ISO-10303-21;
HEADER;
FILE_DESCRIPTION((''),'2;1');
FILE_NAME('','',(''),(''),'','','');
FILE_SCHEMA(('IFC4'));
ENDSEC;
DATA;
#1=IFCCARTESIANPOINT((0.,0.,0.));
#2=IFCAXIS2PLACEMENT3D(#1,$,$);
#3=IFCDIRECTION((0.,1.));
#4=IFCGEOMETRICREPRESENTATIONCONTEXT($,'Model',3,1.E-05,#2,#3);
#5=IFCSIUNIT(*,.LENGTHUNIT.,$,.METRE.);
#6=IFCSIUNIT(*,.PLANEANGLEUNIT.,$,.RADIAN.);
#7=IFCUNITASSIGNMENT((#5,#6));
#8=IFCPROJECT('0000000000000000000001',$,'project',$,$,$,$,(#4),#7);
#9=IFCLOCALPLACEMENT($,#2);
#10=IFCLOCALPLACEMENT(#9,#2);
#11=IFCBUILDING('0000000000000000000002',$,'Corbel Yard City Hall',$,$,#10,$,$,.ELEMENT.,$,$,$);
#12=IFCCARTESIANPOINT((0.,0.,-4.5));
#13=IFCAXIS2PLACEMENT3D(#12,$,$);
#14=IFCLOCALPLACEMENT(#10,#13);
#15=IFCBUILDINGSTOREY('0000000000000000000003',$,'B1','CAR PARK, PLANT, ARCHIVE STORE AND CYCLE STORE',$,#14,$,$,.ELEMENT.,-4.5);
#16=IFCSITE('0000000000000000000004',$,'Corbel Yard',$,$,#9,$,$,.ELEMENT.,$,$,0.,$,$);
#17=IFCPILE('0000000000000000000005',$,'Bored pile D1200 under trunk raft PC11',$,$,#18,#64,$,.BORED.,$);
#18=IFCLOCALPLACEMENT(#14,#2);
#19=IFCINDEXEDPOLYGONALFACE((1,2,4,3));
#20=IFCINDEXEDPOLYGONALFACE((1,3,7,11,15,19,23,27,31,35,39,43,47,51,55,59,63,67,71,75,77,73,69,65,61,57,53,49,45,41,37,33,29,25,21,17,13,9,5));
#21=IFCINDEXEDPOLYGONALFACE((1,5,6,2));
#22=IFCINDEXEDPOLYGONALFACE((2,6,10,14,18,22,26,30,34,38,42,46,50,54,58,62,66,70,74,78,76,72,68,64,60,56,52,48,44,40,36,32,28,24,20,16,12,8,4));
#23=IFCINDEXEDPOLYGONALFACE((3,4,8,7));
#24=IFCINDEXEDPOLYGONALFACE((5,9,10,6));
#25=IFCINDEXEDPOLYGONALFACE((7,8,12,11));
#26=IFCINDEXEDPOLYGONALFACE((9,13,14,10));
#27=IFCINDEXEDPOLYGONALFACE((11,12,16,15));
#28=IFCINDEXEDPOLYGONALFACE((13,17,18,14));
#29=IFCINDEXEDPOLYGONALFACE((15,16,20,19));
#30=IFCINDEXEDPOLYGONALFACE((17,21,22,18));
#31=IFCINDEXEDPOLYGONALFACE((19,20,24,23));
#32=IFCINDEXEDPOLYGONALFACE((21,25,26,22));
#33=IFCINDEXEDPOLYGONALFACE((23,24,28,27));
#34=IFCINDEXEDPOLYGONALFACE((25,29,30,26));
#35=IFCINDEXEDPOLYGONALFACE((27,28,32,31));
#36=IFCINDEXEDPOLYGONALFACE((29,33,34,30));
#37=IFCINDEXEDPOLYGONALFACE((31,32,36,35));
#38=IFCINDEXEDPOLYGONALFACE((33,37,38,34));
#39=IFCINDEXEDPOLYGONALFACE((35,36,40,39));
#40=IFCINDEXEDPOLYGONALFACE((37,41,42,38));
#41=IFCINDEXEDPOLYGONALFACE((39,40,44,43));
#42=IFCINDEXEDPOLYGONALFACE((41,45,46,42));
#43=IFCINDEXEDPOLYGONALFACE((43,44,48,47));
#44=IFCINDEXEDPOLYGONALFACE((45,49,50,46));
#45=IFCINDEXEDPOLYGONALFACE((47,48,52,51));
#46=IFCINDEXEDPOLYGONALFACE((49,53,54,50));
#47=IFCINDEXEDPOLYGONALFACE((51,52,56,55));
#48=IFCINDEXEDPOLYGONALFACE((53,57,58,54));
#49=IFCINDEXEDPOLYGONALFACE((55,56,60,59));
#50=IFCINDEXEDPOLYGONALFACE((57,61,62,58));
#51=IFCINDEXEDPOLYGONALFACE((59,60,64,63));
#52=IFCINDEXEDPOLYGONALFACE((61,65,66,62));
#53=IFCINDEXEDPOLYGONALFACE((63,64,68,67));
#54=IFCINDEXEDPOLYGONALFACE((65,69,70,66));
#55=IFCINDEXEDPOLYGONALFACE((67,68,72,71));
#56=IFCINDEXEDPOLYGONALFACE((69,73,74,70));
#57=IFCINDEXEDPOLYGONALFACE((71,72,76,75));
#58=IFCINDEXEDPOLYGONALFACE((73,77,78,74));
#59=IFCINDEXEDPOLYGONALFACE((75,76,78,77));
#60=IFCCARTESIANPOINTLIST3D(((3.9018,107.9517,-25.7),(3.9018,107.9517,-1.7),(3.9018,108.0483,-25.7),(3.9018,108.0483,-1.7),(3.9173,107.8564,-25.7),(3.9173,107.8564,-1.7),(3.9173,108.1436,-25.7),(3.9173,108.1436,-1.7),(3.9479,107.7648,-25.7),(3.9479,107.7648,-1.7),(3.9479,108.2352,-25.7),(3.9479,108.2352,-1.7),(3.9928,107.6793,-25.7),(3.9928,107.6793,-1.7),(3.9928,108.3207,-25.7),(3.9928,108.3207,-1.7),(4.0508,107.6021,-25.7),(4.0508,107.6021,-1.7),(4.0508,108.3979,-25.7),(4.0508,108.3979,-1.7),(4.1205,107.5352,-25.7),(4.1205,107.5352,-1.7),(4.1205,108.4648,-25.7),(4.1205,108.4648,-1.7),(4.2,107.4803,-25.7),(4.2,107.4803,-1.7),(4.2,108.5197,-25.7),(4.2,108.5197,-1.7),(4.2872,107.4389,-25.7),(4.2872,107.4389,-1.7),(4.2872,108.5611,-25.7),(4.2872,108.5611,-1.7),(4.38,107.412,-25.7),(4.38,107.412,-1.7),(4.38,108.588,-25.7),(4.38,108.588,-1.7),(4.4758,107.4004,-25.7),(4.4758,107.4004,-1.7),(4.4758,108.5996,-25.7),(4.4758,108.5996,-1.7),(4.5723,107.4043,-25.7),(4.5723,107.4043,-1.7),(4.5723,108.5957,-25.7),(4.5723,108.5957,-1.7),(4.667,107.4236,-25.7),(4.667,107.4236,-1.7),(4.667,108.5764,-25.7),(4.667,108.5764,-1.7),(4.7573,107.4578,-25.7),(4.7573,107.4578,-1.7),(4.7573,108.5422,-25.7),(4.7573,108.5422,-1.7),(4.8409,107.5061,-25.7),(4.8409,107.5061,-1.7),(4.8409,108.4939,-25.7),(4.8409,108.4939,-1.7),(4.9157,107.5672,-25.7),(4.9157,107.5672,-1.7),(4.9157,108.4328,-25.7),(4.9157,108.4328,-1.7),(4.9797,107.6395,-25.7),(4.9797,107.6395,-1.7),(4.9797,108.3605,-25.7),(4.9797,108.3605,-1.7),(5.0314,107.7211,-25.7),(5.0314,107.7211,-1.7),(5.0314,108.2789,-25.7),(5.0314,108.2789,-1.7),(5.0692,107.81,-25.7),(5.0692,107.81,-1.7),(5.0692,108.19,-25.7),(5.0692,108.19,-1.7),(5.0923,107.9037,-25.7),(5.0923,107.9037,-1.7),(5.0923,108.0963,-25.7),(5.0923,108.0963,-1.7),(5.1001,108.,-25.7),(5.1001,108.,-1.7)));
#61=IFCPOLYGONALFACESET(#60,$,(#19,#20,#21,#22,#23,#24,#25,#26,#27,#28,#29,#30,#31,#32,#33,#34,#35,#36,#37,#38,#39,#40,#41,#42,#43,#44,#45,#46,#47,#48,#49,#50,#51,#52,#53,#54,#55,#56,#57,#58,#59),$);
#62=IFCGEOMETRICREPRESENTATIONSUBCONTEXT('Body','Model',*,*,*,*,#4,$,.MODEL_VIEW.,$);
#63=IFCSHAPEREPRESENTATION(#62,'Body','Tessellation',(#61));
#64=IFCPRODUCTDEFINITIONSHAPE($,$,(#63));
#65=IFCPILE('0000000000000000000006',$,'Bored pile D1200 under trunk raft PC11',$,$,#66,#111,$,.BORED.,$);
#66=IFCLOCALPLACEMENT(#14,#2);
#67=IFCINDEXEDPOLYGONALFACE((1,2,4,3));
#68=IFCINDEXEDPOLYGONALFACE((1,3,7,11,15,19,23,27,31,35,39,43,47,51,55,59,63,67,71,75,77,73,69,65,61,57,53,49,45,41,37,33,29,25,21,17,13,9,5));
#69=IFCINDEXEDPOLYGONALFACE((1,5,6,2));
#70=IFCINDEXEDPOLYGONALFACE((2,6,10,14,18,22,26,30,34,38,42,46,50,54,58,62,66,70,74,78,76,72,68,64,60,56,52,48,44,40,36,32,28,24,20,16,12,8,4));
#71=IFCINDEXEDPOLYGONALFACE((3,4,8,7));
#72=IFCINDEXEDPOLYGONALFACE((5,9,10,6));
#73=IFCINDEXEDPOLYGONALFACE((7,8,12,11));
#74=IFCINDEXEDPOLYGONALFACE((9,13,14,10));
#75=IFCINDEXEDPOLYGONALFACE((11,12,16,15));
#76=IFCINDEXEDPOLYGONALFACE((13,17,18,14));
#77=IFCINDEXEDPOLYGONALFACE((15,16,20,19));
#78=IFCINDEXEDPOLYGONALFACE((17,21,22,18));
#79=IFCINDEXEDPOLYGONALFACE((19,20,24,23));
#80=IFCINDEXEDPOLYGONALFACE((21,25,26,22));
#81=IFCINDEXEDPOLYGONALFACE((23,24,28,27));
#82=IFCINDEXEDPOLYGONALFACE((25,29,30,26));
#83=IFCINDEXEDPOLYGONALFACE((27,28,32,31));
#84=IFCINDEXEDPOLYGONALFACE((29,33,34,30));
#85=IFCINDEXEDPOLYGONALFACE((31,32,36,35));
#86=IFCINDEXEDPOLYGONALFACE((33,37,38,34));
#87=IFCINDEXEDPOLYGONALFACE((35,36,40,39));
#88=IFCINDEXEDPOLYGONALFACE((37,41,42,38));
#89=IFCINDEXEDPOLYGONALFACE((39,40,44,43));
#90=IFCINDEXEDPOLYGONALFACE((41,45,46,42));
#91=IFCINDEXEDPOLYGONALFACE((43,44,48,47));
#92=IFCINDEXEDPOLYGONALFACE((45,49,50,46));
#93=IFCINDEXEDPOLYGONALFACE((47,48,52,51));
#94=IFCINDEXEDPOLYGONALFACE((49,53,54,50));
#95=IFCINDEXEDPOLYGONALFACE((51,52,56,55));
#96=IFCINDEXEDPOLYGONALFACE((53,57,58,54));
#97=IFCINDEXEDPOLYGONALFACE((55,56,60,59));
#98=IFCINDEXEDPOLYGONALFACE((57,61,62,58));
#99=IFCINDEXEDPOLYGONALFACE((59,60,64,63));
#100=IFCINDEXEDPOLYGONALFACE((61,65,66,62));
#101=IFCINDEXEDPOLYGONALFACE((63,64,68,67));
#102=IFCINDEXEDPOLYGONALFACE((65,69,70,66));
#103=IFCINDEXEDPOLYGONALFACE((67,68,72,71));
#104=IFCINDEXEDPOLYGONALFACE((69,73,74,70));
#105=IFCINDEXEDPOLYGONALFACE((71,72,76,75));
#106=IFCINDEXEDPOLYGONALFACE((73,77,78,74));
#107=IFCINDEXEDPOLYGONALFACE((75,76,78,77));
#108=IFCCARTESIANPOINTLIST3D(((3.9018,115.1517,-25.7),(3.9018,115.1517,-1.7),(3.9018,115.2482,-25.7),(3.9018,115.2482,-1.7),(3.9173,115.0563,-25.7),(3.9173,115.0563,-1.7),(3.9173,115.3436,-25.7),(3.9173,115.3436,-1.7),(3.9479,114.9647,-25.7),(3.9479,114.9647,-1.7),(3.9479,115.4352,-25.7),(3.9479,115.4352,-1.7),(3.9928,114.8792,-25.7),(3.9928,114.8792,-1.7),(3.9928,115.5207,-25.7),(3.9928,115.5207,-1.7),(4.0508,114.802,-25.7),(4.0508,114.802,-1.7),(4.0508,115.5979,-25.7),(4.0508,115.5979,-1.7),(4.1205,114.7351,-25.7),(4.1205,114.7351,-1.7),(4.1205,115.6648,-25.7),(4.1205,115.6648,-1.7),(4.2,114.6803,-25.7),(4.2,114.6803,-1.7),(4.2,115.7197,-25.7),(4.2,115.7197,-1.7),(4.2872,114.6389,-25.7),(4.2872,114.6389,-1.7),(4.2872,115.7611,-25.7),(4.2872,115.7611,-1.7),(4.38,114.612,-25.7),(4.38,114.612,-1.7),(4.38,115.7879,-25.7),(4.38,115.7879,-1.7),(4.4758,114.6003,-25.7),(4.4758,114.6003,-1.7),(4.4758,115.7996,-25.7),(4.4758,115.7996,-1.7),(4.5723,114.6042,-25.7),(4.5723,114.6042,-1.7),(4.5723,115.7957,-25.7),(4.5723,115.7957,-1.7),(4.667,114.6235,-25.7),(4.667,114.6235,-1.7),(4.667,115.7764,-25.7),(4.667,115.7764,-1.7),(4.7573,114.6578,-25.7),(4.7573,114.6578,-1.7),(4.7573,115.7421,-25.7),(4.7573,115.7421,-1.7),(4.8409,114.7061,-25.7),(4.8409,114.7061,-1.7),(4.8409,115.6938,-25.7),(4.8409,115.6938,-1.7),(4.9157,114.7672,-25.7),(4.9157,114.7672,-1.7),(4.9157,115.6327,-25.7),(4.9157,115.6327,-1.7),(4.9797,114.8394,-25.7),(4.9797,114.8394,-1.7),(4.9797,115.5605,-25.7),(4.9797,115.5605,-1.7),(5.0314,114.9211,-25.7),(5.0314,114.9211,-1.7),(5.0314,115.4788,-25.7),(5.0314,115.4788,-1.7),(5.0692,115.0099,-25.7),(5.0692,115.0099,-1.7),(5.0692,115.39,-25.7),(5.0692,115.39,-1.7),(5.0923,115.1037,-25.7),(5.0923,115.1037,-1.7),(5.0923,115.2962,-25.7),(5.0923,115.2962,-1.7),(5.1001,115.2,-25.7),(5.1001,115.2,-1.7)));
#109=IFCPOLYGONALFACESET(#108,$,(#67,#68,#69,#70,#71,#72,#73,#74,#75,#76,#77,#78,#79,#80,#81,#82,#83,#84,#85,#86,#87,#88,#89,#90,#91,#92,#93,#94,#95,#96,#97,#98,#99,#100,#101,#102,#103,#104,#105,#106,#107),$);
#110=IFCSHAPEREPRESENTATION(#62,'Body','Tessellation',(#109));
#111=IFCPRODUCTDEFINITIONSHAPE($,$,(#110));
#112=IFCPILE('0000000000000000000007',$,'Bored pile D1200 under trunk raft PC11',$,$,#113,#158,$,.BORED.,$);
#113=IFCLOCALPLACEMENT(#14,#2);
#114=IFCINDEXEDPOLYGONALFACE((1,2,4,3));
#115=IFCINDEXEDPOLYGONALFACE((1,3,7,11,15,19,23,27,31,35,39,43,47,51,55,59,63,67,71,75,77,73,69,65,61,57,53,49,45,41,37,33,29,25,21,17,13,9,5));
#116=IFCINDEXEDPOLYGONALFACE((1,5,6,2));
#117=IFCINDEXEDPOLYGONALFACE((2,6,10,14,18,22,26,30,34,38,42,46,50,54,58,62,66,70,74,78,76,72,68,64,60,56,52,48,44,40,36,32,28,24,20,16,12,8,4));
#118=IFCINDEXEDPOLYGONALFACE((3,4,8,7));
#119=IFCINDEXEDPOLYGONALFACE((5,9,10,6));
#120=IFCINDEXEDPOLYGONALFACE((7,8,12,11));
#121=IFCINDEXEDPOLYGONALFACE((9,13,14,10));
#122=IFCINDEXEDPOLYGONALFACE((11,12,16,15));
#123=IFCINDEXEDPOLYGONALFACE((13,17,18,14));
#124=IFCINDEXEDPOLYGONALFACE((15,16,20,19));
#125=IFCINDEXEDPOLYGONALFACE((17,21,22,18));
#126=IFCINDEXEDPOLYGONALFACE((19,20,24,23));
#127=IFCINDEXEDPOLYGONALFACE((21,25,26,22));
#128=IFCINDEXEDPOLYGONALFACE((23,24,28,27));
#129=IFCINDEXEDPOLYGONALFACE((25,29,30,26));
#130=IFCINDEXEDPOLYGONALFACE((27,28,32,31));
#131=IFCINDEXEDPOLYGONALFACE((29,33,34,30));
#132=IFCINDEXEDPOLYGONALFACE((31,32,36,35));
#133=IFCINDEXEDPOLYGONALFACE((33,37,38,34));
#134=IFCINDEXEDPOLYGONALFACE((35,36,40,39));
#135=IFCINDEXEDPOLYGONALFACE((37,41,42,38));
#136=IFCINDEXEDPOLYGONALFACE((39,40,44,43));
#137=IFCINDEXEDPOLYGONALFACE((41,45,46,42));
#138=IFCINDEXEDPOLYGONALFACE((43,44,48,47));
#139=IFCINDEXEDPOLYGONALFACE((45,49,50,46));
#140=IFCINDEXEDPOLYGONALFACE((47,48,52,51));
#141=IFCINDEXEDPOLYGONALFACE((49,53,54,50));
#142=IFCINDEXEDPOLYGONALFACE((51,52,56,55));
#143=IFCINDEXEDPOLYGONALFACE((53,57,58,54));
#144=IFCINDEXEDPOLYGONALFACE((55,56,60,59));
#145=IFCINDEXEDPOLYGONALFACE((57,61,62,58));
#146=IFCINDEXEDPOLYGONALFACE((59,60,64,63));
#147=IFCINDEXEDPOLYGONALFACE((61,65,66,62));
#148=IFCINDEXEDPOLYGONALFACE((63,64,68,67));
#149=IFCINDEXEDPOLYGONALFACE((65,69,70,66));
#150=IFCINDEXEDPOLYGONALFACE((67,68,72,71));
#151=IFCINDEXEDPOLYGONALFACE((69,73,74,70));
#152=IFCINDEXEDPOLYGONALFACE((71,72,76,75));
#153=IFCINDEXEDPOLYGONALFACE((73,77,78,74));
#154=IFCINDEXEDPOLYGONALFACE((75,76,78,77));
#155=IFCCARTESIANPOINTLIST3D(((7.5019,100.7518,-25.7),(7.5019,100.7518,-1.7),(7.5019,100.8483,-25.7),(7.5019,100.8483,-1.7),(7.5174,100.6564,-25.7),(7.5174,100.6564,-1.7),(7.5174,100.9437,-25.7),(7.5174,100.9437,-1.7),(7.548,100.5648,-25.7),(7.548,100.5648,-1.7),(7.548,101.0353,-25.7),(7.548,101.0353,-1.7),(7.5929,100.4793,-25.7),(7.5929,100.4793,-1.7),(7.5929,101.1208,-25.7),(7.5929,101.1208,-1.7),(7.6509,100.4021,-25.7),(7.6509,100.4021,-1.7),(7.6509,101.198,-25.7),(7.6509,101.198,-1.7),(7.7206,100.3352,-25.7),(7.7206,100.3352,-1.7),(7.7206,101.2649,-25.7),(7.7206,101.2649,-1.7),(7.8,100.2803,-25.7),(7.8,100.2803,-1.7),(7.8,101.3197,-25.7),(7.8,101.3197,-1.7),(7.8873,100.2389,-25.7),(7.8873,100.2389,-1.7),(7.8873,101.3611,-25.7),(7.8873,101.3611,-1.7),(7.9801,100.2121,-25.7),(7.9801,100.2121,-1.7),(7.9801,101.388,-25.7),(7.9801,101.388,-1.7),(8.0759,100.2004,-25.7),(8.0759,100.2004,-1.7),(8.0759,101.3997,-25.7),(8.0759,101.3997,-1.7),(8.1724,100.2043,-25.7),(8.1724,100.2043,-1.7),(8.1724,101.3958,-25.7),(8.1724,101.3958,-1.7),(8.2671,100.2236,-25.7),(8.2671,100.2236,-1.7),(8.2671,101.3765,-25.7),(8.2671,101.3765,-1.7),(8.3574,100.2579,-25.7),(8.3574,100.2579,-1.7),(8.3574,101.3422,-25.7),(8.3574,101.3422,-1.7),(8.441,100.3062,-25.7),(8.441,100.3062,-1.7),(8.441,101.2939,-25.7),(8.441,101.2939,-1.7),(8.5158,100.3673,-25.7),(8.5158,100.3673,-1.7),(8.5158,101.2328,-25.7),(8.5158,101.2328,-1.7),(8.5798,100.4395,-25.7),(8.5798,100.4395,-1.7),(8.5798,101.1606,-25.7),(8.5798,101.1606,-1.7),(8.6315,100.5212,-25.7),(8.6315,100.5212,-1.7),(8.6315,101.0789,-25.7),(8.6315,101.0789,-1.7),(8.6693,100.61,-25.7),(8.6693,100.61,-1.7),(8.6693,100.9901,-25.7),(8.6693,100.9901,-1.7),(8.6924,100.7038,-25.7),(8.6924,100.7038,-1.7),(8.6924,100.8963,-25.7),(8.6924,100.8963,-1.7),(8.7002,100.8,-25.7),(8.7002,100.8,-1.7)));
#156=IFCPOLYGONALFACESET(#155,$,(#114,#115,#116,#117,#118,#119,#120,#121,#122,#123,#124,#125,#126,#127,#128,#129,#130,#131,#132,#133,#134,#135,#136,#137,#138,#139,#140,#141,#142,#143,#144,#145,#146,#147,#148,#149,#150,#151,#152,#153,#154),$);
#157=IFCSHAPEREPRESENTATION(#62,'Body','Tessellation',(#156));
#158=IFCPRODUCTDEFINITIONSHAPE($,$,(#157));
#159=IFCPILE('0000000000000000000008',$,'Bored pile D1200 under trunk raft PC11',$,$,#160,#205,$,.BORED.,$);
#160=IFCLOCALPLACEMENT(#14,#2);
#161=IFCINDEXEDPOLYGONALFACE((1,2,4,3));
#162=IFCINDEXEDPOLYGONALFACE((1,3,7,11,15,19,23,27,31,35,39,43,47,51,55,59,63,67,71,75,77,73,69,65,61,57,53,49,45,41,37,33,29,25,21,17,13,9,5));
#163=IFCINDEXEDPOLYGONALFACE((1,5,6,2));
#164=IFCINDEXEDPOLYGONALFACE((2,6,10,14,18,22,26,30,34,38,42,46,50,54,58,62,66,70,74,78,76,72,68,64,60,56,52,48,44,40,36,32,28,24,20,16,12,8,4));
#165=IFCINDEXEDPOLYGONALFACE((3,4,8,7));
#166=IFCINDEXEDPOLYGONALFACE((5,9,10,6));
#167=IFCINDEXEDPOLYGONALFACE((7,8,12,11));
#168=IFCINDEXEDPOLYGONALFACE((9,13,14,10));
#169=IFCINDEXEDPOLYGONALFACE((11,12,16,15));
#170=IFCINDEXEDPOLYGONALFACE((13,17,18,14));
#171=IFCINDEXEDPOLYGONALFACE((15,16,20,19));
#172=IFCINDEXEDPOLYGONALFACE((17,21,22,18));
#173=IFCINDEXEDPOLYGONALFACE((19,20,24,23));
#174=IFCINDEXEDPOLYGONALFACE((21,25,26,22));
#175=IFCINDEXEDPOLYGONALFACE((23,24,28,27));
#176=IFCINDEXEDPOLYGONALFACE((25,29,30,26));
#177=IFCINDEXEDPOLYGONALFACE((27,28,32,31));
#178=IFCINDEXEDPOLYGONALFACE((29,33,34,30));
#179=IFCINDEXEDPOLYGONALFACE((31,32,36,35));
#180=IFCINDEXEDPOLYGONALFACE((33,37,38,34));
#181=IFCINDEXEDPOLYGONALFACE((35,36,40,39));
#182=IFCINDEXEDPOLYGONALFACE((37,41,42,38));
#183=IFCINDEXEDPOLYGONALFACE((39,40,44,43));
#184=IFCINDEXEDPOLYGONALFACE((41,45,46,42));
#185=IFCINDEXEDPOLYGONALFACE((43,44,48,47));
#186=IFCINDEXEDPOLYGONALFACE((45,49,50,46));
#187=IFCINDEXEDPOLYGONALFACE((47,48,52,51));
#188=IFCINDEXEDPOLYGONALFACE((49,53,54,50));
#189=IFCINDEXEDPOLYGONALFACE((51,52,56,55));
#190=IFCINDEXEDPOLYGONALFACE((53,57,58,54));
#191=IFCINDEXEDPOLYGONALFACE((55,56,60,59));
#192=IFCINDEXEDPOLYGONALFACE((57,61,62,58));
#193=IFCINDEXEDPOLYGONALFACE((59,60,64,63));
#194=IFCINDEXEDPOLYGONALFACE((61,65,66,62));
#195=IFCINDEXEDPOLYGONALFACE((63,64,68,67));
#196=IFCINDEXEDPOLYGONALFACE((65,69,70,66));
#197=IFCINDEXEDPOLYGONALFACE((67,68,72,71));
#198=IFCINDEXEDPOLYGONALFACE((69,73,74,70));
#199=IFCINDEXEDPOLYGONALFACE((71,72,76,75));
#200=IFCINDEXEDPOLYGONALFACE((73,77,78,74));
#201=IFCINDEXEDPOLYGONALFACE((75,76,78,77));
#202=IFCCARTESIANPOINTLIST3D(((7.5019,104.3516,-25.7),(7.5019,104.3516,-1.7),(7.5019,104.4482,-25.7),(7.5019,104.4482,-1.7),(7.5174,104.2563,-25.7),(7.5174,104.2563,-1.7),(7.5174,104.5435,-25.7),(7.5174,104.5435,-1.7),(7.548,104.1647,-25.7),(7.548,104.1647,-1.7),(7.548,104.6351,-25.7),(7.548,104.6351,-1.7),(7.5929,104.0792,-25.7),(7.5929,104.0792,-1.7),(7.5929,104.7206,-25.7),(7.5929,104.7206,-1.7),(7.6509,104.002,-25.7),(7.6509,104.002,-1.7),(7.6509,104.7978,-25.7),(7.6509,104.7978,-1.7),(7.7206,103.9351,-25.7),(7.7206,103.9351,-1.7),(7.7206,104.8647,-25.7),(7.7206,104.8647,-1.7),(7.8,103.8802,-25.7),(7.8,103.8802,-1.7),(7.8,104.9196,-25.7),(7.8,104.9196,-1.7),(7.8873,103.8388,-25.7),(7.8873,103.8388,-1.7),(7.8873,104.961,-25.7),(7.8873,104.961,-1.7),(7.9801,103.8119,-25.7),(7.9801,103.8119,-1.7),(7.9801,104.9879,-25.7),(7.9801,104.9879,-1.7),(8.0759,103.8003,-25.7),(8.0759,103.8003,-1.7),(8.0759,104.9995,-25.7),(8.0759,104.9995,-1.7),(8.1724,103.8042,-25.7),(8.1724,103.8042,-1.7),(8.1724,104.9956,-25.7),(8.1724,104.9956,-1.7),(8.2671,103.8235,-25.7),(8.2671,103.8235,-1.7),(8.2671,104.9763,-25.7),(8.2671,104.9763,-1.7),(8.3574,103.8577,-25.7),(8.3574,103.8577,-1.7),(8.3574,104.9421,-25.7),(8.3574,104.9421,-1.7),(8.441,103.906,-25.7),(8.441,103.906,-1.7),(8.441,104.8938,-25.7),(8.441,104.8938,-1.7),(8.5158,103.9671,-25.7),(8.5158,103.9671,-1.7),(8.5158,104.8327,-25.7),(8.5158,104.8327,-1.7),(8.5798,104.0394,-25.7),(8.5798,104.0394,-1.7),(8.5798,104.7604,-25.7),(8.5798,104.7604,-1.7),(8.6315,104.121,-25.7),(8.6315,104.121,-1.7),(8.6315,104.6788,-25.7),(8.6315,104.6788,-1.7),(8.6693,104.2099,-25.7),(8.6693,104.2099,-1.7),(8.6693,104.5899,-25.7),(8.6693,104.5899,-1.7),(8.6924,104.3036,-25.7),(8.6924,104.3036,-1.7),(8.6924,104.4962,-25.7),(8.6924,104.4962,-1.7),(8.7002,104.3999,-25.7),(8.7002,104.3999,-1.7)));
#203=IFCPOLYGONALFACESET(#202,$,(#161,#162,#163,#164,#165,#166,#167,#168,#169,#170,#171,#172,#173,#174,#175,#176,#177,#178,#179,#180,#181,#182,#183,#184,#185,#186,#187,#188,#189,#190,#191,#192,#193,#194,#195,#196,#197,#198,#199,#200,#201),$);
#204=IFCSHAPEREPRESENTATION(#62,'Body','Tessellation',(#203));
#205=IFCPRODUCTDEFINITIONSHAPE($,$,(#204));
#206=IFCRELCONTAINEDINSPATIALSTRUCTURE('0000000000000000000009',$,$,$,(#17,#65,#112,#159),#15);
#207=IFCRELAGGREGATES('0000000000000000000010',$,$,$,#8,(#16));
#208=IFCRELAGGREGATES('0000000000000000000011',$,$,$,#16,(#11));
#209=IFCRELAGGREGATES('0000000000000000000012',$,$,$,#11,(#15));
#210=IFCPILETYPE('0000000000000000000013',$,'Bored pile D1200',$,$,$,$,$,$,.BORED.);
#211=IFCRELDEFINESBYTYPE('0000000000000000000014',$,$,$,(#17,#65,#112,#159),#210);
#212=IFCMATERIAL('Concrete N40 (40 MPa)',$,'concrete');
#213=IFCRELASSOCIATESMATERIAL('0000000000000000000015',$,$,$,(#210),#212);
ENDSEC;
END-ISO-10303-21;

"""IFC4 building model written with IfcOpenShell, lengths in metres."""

from ifc_helpers import new_model, si_unit, direction, frame, origin, origin_2d, place, context, subcontext, project, spatial, circle, extrude, material, material_profile, profile_set, type_object, element, save


model = new_model("IFC4")

# Units and contexts
model_context = context("Model", 3, precision=1e-05, world=origin(), true_north=direction((0.0, 1.0)))
body_context = subcontext(model_context, "Body", "Model", "MODEL_VIEW")
ifc_project = project(units=[si_unit("LENGTHUNIT", "METRE"), si_unit("PLANEANGLEUNIT", "RADIAN")], contexts=[model_context])

# Site, building, storey
site_placement = place(None, origin())
site = spatial("IfcSite", under=ifc_project, at=site_placement, Name="Corbel Yard", CompositionType="ELEMENT", RefElevation=0.0)
building_placement = place(site_placement, origin())
building = spatial("IfcBuilding", under=site, at=building_placement, Name="Corbel Yard City Hall", CompositionType="ELEMENT")
storey_placement = place(building_placement, frame((0.0, 0.0, -4.5)))
storey = spatial("IfcBuildingStorey", under=building, at=storey_placement, Name="B1", Description="CAR PARK, PLANT, ARCHIVE STORE AND CYCLE STORE", CompositionType="ELEMENT", Elevation=-4.5)

# Piles
ifc_material_1 = material(Name="Concrete N40 (40 MPa)", Category="concrete")
ifc_material_profile = material_profile(ifc_material_1, circle(Radius=0.6001, at=origin_2d()), Name="D1200")
ifc_profile_set = profile_set([ifc_material_profile], Name="Concrete N40 (40 MPa)")
pile_type = type_object("IfcPileType", Name="Bored pile D1200", PredefinedType="BORED", material=ifc_profile_set)
for number, where, z_axis, x_axis, name in (
    (1, (4.5, 108.0, -1.7), (0.0, 0.0, -1.0), (1.0, 0.0, 0.0), "Bored pile D1200 under trunk raft PC11"),
    (2, (4.5, 115.2, -1.7), (0.0, 0.0, -1.0), (1.0, 0.0, 0.0), "Bored pile D1200 under trunk raft PC11"),
    (3, (8.1001, 100.8, -1.7), (0.0, 0.0, -1.0), (1.0, 0.0, 0.0), "Bored pile D1200 under trunk raft PC11"),
    (4, (8.1001, 104.3999, -1.7), (0.0, 0.0, -1.0), (1.0, 0.0, 0.0), "Bored pile D1200 under trunk raft PC11"),
):
    element("IfcPile", number, at=place(storey_placement, frame(where, z_axis=z_axis, x_axis=x_axis)), inside=storey, type_object=pile_type, Name=name, PredefinedType="BORED", context=body_context, shape_type="SweptSolid", body=[
        extrude(circle(Radius=0.6001, at=origin_2d()), origin(), (0.0, 0.0, 1.0), 24.0),
    ])

save(model, "model.ifc")
